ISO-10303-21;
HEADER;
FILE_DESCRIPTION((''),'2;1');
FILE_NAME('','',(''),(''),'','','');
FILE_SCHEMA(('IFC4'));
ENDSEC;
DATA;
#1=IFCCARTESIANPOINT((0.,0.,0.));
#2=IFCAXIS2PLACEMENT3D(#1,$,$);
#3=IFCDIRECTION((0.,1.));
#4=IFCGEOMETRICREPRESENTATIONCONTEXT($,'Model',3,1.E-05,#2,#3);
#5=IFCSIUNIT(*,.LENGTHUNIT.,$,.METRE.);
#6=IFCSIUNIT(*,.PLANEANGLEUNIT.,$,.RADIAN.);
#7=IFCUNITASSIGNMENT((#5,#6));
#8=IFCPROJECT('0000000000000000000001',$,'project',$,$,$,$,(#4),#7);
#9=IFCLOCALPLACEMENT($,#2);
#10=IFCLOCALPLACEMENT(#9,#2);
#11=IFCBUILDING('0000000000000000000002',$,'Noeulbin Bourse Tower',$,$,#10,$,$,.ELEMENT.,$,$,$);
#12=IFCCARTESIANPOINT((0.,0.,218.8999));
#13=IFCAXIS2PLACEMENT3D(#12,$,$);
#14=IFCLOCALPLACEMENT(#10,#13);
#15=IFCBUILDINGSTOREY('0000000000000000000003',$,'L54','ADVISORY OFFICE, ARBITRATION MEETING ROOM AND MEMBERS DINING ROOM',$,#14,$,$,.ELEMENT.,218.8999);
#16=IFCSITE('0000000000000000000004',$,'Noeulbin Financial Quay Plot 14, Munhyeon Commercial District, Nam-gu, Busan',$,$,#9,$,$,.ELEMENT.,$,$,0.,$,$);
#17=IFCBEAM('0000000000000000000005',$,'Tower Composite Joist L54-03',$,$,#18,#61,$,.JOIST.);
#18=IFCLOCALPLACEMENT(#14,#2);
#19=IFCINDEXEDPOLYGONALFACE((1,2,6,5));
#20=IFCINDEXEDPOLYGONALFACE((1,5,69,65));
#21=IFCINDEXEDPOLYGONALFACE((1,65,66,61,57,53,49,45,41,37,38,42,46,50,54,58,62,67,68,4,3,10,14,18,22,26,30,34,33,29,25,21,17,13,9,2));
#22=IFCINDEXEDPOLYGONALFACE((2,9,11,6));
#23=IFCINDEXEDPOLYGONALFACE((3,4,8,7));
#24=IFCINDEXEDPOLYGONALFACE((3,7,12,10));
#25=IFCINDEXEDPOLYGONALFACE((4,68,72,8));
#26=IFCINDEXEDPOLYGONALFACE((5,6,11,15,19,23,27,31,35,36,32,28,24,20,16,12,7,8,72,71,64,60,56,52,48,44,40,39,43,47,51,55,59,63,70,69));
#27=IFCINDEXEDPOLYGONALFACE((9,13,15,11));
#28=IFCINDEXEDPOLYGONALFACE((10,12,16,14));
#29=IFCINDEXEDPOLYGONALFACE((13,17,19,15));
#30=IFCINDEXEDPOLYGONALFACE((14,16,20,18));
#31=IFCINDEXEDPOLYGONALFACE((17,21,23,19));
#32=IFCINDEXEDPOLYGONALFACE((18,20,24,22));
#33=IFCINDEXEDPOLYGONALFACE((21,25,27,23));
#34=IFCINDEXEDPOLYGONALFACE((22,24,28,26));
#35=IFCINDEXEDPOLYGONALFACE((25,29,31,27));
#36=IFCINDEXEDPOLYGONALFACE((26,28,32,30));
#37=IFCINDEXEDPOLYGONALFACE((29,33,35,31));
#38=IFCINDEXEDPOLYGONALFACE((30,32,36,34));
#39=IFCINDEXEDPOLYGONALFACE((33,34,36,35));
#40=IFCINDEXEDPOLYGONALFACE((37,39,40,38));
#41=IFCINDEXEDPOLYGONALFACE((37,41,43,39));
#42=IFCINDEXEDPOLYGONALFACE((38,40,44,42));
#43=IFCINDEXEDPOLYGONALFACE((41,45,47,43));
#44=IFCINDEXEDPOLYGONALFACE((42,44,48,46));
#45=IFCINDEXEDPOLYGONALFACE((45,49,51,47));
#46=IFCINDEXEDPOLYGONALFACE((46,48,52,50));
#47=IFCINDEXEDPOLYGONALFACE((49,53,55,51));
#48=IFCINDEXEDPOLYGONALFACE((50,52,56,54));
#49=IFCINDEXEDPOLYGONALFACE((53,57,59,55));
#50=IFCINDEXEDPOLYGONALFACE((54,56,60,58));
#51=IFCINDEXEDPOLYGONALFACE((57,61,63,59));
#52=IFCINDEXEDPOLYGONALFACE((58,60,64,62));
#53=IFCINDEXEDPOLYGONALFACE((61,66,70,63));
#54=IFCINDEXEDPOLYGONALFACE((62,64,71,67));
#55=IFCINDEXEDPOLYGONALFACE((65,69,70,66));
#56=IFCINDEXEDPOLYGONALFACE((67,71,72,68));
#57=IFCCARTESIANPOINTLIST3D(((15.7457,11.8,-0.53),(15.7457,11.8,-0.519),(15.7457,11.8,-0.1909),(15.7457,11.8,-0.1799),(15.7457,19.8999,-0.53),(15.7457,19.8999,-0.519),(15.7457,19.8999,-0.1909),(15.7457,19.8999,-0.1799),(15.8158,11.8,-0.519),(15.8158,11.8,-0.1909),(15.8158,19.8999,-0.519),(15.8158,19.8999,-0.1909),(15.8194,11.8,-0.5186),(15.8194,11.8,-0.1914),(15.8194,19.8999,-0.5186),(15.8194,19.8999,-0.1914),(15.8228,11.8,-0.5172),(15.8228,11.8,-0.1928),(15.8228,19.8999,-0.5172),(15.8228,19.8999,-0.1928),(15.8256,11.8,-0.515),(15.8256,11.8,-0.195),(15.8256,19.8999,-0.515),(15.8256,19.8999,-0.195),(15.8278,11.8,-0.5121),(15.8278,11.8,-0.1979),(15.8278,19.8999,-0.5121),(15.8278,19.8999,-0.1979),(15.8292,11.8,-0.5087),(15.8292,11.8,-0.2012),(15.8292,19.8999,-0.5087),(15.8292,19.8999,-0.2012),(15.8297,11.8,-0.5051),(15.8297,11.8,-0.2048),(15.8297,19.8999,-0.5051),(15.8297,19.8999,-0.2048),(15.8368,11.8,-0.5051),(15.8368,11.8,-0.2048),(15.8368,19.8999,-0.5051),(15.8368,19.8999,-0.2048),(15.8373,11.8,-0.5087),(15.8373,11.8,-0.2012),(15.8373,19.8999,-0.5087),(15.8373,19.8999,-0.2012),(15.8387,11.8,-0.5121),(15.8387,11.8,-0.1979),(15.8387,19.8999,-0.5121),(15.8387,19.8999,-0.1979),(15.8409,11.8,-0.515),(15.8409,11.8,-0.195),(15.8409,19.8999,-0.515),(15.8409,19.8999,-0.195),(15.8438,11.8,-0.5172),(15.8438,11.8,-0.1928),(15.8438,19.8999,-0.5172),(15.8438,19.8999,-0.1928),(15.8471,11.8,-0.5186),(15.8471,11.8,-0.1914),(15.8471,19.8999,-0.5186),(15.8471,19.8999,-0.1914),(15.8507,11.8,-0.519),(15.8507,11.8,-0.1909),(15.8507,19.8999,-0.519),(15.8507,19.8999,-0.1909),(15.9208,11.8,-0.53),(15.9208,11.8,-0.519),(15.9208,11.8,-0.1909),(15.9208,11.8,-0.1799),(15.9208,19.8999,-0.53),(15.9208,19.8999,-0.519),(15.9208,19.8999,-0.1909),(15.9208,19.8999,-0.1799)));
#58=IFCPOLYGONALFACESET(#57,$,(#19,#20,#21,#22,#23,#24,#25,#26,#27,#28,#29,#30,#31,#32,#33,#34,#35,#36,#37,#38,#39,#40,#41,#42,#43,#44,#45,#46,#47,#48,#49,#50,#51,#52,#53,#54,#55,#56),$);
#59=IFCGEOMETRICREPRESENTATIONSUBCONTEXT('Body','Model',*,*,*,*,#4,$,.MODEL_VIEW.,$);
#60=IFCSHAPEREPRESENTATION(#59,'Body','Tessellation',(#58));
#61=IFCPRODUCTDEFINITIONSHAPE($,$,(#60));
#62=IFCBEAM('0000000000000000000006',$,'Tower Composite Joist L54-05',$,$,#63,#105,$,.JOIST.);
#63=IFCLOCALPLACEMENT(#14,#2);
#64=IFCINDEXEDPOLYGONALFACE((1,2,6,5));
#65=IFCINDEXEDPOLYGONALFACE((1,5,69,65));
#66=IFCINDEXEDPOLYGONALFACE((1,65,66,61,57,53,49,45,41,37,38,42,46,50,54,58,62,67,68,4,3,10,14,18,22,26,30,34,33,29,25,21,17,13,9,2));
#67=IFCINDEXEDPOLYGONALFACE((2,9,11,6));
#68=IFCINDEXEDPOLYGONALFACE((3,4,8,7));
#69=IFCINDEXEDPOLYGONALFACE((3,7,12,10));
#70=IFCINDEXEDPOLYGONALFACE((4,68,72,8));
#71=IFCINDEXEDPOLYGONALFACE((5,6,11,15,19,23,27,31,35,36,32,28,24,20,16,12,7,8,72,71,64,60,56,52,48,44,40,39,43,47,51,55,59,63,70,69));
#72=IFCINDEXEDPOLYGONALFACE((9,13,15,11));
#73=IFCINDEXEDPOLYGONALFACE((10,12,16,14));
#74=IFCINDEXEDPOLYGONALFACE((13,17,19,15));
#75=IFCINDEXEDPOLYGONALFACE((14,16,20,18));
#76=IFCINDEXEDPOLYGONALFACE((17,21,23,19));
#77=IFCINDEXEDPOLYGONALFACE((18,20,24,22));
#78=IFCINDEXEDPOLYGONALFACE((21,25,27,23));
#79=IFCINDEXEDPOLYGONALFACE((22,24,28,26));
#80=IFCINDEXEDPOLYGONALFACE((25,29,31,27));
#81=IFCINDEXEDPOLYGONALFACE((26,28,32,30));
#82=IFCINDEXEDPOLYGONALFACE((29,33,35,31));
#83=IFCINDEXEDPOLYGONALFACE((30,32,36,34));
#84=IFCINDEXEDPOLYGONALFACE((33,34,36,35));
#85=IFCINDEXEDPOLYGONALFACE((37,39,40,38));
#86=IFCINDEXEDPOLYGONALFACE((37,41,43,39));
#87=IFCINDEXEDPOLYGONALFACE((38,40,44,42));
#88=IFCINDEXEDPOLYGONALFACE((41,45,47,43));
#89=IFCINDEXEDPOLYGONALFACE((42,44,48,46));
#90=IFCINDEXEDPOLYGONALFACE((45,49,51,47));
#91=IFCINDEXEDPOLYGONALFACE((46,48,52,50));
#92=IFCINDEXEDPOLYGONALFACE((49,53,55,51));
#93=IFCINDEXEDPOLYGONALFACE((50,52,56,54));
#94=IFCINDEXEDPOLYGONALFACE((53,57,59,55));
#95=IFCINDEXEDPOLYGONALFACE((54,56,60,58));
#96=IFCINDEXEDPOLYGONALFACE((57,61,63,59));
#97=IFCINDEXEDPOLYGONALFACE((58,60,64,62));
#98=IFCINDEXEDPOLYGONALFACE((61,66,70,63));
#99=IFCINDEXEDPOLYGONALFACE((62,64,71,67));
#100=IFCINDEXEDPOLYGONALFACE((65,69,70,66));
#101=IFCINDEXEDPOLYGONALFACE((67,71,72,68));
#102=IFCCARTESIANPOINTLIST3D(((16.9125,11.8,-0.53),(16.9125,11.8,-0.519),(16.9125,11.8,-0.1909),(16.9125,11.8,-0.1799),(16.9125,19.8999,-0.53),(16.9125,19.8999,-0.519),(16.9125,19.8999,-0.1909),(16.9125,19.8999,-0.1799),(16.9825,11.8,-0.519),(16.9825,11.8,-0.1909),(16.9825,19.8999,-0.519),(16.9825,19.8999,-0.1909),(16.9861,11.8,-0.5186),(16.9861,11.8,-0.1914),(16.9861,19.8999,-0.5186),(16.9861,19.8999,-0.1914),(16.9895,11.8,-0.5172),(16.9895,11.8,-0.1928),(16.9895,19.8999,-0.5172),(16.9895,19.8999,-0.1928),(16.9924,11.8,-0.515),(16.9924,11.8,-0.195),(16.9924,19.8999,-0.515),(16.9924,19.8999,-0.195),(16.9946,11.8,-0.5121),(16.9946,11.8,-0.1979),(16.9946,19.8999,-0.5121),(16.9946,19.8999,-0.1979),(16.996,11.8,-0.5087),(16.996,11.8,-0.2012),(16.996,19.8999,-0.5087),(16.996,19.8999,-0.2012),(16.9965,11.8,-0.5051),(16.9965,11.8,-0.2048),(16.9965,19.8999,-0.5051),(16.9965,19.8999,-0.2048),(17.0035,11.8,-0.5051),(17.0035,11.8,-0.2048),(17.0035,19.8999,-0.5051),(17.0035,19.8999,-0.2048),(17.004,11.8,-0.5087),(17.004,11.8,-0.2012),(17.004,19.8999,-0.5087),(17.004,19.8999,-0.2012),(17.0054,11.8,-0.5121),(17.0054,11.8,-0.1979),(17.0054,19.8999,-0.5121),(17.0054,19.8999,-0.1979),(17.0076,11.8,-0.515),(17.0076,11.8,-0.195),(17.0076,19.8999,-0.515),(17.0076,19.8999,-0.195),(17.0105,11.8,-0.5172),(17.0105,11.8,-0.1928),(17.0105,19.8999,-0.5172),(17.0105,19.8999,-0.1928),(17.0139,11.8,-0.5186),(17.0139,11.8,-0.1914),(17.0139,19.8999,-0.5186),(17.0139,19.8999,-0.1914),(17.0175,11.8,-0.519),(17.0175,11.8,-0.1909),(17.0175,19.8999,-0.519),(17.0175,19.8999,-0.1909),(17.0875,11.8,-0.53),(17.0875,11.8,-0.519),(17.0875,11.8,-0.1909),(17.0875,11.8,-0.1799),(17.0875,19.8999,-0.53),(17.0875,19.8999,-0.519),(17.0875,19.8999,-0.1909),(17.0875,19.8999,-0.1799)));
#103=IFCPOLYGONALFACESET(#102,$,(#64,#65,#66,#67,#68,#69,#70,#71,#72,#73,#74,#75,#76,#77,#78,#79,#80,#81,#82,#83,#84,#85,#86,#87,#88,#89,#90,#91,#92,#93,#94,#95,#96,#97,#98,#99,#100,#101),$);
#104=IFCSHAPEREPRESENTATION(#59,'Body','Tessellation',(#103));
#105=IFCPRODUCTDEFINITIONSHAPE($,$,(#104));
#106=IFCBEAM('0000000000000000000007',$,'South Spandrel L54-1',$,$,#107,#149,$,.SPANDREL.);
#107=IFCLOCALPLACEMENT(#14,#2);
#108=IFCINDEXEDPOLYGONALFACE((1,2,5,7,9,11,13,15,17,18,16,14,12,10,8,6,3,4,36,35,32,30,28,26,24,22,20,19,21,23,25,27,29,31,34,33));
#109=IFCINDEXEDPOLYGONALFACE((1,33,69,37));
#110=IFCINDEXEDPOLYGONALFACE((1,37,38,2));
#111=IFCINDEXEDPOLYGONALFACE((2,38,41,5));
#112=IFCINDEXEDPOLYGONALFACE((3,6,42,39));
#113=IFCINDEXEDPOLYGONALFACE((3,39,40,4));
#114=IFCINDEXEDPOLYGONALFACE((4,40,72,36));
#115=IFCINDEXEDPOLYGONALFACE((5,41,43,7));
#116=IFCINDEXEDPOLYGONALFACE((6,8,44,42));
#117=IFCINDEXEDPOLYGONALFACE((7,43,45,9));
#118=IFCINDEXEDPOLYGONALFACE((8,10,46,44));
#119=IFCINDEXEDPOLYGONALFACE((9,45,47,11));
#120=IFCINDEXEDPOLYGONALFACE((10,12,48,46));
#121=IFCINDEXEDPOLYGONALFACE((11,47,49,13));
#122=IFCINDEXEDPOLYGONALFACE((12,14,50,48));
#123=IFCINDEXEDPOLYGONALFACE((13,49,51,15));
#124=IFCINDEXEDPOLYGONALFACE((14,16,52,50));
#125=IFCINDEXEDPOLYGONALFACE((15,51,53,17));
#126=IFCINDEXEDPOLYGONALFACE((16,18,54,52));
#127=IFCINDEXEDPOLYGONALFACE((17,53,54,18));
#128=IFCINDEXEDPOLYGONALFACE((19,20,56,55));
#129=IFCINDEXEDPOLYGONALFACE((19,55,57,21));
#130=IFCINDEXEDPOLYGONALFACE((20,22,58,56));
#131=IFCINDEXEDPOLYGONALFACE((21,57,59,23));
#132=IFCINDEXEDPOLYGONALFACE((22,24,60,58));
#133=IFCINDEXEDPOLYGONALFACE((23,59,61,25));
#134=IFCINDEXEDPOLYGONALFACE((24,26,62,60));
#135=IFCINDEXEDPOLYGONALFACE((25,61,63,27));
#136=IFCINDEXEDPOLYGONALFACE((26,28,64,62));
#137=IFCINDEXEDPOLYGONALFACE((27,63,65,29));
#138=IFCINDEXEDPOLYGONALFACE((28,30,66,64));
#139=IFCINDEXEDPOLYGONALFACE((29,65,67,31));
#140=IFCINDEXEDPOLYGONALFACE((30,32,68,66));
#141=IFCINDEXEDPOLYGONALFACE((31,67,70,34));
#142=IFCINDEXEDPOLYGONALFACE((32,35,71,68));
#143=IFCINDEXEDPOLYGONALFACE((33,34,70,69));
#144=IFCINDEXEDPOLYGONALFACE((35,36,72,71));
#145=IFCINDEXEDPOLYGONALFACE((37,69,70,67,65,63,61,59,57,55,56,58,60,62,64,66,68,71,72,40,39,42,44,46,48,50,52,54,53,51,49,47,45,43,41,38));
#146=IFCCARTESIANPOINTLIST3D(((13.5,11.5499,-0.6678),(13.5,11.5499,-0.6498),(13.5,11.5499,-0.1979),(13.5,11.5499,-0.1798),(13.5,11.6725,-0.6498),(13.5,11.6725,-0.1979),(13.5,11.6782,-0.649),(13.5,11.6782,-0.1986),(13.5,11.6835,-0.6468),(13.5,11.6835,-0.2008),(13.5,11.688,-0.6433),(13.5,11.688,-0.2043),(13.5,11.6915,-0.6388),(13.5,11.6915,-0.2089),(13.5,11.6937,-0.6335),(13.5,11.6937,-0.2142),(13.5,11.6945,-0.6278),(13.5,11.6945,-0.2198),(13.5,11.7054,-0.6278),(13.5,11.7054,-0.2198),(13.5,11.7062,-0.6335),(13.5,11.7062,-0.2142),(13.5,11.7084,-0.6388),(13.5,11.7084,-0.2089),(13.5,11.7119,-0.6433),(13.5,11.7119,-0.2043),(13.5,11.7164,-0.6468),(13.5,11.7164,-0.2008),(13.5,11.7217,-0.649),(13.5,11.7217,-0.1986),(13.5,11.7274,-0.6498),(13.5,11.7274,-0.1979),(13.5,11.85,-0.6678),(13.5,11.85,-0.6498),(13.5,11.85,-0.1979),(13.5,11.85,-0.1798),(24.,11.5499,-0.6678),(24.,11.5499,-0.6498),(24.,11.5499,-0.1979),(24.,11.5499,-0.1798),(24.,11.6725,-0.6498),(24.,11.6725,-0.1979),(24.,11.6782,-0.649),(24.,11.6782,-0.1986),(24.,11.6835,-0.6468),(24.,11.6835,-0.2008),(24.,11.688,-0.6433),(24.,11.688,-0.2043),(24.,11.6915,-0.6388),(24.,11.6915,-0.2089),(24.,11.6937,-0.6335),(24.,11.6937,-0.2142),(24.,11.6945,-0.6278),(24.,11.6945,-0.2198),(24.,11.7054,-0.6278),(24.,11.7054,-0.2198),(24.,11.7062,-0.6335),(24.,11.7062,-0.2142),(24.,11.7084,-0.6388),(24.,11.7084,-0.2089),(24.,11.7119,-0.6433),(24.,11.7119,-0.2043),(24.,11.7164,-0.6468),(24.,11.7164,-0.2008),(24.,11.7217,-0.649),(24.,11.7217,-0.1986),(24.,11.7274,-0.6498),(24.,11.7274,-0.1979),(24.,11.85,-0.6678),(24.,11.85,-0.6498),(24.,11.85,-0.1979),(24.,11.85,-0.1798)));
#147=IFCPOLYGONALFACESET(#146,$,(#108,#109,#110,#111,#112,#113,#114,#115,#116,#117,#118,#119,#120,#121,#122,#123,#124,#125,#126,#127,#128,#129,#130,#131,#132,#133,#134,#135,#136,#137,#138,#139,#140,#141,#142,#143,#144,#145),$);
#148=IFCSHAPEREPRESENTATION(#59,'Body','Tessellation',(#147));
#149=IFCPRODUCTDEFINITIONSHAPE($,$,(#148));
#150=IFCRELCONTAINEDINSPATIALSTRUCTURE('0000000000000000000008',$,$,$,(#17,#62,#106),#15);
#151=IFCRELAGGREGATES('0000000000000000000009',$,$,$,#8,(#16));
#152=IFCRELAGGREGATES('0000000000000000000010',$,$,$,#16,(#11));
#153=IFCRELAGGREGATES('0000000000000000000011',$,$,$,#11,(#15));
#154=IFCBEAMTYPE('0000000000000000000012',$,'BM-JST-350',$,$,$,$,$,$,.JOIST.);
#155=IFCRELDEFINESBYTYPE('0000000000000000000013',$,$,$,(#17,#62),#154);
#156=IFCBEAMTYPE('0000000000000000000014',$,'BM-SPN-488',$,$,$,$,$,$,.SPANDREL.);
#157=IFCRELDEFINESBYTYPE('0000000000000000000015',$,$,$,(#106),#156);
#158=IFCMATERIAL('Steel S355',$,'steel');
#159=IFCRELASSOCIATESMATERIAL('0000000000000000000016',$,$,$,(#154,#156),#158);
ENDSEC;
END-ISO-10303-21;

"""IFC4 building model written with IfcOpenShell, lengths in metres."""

from ifc_helpers import new_model, si_unit, direction, frame, origin, origin_2d, place, context, subcontext, project, spatial, i_section, extrude, material, material_profile, profile_set, type_object, element, save


model = new_model("IFC4")

# Units and contexts
model_context = context("Model", 3, precision=1e-05, world=origin(), true_north=direction((0.0, 1.0)))
body_context = subcontext(model_context, "Body", "Model", "MODEL_VIEW")
ifc_project = project(units=[si_unit("LENGTHUNIT", "METRE"), si_unit("PLANEANGLEUNIT", "RADIAN")], contexts=[model_context])

# Site, building, storey
site_placement = place(None, origin())
site = spatial("IfcSite", under=ifc_project, at=site_placement, Name="Noeulbin Financial Quay Plot 14, Munhyeon Commercial District, Nam-gu, Busan", CompositionType="ELEMENT", RefElevation=0.0)
building_placement = place(site_placement, origin())
building = spatial("IfcBuilding", under=site, at=building_placement, Name="Noeulbin Bourse Tower", CompositionType="ELEMENT")
storey_placement = place(building_placement, frame((0.0, 0.0, 218.8999)))
storey = spatial("IfcBuildingStorey", under=building, at=storey_placement, Name="L54", Description="ADVISORY OFFICE, ARBITRATION MEETING ROOM AND MEMBERS DINING ROOM", CompositionType="ELEMENT", Elevation=218.8999)

# Shared definitions
ifc_material_1 = material(Name="Steel S355", Category="steel")

# Beams
ifc_material_profile_1 = material_profile(ifc_material_1, i_section(OverallWidth=0.175, OverallDepth=0.3501, WebThickness=0.0071, FlangeThickness=0.011, FilletRadius=0.0139, at=origin_2d()), Name="H-350x175x7x11", Category="LoadBearing")
ifc_profile_set_1 = profile_set([ifc_material_profile_1], Name="Steel S355")
beam_type_1 = type_object("IfcBeamType", Name="BM-JST-350", PredefinedType="JOIST", material=ifc_profile_set_1)
for number, where, z_axis, x_axis, name in (
    (1, (15.8333, 11.8, -0.355), (0.0, 1.0, 0.0), (-1.0, 0.0, 0.0), "Tower Composite Joist L54-03"),
    (2, (17.0, 11.8, -0.355), (0.0, 1.0, 0.0), (-1.0, 0.0, 0.0), "Tower Composite Joist L54-05"),
):
    element("IfcBeam", number, at=place(storey_placement, frame(where, z_axis=z_axis, x_axis=x_axis)), inside=storey, type_object=beam_type_1, Name=name, PredefinedType="JOIST", context=body_context, shape_type="SweptSolid", body=[
        extrude(i_section(OverallWidth=0.175, OverallDepth=0.3501, WebThickness=0.0071, FlangeThickness=0.011, FilletRadius=0.0139, at=origin_2d()), origin(), (0.0, 0.0, 1.0), 8.0999),
    ])
ifc_material_profile_2 = material_profile(ifc_material_1, i_section(OverallWidth=0.3, OverallDepth=0.488, WebThickness=0.011, FlangeThickness=0.0181, FilletRadius=0.022, at=origin_2d()), Name="H-488x300x11x18", Category="LoadBearing")
ifc_profile_set_2 = profile_set([ifc_material_profile_2], Name="Steel S355")
beam_type_2 = type_object("IfcBeamType", Name="BM-SPN-488", PredefinedType="SPANDREL", material=ifc_profile_set_2)
beam_1_placement = place(storey_placement, frame((13.5, 11.7, -0.4238), z_axis=(1.0, 0.0, 0.0), x_axis=(0.0, 1.0, 0.0)))
element("IfcBeam", 3, at=beam_1_placement, inside=storey, type_object=beam_type_2, Name="South Spandrel L54-1", PredefinedType="SPANDREL", context=body_context, shape_type="SweptSolid", body=[
    extrude(i_section(OverallWidth=0.3, OverallDepth=0.488, WebThickness=0.011, FlangeThickness=0.0181, FilletRadius=0.022, at=origin_2d()), origin(), (0.0, 0.0, 1.0), 10.5),
])

save(model, "model.ifc")
